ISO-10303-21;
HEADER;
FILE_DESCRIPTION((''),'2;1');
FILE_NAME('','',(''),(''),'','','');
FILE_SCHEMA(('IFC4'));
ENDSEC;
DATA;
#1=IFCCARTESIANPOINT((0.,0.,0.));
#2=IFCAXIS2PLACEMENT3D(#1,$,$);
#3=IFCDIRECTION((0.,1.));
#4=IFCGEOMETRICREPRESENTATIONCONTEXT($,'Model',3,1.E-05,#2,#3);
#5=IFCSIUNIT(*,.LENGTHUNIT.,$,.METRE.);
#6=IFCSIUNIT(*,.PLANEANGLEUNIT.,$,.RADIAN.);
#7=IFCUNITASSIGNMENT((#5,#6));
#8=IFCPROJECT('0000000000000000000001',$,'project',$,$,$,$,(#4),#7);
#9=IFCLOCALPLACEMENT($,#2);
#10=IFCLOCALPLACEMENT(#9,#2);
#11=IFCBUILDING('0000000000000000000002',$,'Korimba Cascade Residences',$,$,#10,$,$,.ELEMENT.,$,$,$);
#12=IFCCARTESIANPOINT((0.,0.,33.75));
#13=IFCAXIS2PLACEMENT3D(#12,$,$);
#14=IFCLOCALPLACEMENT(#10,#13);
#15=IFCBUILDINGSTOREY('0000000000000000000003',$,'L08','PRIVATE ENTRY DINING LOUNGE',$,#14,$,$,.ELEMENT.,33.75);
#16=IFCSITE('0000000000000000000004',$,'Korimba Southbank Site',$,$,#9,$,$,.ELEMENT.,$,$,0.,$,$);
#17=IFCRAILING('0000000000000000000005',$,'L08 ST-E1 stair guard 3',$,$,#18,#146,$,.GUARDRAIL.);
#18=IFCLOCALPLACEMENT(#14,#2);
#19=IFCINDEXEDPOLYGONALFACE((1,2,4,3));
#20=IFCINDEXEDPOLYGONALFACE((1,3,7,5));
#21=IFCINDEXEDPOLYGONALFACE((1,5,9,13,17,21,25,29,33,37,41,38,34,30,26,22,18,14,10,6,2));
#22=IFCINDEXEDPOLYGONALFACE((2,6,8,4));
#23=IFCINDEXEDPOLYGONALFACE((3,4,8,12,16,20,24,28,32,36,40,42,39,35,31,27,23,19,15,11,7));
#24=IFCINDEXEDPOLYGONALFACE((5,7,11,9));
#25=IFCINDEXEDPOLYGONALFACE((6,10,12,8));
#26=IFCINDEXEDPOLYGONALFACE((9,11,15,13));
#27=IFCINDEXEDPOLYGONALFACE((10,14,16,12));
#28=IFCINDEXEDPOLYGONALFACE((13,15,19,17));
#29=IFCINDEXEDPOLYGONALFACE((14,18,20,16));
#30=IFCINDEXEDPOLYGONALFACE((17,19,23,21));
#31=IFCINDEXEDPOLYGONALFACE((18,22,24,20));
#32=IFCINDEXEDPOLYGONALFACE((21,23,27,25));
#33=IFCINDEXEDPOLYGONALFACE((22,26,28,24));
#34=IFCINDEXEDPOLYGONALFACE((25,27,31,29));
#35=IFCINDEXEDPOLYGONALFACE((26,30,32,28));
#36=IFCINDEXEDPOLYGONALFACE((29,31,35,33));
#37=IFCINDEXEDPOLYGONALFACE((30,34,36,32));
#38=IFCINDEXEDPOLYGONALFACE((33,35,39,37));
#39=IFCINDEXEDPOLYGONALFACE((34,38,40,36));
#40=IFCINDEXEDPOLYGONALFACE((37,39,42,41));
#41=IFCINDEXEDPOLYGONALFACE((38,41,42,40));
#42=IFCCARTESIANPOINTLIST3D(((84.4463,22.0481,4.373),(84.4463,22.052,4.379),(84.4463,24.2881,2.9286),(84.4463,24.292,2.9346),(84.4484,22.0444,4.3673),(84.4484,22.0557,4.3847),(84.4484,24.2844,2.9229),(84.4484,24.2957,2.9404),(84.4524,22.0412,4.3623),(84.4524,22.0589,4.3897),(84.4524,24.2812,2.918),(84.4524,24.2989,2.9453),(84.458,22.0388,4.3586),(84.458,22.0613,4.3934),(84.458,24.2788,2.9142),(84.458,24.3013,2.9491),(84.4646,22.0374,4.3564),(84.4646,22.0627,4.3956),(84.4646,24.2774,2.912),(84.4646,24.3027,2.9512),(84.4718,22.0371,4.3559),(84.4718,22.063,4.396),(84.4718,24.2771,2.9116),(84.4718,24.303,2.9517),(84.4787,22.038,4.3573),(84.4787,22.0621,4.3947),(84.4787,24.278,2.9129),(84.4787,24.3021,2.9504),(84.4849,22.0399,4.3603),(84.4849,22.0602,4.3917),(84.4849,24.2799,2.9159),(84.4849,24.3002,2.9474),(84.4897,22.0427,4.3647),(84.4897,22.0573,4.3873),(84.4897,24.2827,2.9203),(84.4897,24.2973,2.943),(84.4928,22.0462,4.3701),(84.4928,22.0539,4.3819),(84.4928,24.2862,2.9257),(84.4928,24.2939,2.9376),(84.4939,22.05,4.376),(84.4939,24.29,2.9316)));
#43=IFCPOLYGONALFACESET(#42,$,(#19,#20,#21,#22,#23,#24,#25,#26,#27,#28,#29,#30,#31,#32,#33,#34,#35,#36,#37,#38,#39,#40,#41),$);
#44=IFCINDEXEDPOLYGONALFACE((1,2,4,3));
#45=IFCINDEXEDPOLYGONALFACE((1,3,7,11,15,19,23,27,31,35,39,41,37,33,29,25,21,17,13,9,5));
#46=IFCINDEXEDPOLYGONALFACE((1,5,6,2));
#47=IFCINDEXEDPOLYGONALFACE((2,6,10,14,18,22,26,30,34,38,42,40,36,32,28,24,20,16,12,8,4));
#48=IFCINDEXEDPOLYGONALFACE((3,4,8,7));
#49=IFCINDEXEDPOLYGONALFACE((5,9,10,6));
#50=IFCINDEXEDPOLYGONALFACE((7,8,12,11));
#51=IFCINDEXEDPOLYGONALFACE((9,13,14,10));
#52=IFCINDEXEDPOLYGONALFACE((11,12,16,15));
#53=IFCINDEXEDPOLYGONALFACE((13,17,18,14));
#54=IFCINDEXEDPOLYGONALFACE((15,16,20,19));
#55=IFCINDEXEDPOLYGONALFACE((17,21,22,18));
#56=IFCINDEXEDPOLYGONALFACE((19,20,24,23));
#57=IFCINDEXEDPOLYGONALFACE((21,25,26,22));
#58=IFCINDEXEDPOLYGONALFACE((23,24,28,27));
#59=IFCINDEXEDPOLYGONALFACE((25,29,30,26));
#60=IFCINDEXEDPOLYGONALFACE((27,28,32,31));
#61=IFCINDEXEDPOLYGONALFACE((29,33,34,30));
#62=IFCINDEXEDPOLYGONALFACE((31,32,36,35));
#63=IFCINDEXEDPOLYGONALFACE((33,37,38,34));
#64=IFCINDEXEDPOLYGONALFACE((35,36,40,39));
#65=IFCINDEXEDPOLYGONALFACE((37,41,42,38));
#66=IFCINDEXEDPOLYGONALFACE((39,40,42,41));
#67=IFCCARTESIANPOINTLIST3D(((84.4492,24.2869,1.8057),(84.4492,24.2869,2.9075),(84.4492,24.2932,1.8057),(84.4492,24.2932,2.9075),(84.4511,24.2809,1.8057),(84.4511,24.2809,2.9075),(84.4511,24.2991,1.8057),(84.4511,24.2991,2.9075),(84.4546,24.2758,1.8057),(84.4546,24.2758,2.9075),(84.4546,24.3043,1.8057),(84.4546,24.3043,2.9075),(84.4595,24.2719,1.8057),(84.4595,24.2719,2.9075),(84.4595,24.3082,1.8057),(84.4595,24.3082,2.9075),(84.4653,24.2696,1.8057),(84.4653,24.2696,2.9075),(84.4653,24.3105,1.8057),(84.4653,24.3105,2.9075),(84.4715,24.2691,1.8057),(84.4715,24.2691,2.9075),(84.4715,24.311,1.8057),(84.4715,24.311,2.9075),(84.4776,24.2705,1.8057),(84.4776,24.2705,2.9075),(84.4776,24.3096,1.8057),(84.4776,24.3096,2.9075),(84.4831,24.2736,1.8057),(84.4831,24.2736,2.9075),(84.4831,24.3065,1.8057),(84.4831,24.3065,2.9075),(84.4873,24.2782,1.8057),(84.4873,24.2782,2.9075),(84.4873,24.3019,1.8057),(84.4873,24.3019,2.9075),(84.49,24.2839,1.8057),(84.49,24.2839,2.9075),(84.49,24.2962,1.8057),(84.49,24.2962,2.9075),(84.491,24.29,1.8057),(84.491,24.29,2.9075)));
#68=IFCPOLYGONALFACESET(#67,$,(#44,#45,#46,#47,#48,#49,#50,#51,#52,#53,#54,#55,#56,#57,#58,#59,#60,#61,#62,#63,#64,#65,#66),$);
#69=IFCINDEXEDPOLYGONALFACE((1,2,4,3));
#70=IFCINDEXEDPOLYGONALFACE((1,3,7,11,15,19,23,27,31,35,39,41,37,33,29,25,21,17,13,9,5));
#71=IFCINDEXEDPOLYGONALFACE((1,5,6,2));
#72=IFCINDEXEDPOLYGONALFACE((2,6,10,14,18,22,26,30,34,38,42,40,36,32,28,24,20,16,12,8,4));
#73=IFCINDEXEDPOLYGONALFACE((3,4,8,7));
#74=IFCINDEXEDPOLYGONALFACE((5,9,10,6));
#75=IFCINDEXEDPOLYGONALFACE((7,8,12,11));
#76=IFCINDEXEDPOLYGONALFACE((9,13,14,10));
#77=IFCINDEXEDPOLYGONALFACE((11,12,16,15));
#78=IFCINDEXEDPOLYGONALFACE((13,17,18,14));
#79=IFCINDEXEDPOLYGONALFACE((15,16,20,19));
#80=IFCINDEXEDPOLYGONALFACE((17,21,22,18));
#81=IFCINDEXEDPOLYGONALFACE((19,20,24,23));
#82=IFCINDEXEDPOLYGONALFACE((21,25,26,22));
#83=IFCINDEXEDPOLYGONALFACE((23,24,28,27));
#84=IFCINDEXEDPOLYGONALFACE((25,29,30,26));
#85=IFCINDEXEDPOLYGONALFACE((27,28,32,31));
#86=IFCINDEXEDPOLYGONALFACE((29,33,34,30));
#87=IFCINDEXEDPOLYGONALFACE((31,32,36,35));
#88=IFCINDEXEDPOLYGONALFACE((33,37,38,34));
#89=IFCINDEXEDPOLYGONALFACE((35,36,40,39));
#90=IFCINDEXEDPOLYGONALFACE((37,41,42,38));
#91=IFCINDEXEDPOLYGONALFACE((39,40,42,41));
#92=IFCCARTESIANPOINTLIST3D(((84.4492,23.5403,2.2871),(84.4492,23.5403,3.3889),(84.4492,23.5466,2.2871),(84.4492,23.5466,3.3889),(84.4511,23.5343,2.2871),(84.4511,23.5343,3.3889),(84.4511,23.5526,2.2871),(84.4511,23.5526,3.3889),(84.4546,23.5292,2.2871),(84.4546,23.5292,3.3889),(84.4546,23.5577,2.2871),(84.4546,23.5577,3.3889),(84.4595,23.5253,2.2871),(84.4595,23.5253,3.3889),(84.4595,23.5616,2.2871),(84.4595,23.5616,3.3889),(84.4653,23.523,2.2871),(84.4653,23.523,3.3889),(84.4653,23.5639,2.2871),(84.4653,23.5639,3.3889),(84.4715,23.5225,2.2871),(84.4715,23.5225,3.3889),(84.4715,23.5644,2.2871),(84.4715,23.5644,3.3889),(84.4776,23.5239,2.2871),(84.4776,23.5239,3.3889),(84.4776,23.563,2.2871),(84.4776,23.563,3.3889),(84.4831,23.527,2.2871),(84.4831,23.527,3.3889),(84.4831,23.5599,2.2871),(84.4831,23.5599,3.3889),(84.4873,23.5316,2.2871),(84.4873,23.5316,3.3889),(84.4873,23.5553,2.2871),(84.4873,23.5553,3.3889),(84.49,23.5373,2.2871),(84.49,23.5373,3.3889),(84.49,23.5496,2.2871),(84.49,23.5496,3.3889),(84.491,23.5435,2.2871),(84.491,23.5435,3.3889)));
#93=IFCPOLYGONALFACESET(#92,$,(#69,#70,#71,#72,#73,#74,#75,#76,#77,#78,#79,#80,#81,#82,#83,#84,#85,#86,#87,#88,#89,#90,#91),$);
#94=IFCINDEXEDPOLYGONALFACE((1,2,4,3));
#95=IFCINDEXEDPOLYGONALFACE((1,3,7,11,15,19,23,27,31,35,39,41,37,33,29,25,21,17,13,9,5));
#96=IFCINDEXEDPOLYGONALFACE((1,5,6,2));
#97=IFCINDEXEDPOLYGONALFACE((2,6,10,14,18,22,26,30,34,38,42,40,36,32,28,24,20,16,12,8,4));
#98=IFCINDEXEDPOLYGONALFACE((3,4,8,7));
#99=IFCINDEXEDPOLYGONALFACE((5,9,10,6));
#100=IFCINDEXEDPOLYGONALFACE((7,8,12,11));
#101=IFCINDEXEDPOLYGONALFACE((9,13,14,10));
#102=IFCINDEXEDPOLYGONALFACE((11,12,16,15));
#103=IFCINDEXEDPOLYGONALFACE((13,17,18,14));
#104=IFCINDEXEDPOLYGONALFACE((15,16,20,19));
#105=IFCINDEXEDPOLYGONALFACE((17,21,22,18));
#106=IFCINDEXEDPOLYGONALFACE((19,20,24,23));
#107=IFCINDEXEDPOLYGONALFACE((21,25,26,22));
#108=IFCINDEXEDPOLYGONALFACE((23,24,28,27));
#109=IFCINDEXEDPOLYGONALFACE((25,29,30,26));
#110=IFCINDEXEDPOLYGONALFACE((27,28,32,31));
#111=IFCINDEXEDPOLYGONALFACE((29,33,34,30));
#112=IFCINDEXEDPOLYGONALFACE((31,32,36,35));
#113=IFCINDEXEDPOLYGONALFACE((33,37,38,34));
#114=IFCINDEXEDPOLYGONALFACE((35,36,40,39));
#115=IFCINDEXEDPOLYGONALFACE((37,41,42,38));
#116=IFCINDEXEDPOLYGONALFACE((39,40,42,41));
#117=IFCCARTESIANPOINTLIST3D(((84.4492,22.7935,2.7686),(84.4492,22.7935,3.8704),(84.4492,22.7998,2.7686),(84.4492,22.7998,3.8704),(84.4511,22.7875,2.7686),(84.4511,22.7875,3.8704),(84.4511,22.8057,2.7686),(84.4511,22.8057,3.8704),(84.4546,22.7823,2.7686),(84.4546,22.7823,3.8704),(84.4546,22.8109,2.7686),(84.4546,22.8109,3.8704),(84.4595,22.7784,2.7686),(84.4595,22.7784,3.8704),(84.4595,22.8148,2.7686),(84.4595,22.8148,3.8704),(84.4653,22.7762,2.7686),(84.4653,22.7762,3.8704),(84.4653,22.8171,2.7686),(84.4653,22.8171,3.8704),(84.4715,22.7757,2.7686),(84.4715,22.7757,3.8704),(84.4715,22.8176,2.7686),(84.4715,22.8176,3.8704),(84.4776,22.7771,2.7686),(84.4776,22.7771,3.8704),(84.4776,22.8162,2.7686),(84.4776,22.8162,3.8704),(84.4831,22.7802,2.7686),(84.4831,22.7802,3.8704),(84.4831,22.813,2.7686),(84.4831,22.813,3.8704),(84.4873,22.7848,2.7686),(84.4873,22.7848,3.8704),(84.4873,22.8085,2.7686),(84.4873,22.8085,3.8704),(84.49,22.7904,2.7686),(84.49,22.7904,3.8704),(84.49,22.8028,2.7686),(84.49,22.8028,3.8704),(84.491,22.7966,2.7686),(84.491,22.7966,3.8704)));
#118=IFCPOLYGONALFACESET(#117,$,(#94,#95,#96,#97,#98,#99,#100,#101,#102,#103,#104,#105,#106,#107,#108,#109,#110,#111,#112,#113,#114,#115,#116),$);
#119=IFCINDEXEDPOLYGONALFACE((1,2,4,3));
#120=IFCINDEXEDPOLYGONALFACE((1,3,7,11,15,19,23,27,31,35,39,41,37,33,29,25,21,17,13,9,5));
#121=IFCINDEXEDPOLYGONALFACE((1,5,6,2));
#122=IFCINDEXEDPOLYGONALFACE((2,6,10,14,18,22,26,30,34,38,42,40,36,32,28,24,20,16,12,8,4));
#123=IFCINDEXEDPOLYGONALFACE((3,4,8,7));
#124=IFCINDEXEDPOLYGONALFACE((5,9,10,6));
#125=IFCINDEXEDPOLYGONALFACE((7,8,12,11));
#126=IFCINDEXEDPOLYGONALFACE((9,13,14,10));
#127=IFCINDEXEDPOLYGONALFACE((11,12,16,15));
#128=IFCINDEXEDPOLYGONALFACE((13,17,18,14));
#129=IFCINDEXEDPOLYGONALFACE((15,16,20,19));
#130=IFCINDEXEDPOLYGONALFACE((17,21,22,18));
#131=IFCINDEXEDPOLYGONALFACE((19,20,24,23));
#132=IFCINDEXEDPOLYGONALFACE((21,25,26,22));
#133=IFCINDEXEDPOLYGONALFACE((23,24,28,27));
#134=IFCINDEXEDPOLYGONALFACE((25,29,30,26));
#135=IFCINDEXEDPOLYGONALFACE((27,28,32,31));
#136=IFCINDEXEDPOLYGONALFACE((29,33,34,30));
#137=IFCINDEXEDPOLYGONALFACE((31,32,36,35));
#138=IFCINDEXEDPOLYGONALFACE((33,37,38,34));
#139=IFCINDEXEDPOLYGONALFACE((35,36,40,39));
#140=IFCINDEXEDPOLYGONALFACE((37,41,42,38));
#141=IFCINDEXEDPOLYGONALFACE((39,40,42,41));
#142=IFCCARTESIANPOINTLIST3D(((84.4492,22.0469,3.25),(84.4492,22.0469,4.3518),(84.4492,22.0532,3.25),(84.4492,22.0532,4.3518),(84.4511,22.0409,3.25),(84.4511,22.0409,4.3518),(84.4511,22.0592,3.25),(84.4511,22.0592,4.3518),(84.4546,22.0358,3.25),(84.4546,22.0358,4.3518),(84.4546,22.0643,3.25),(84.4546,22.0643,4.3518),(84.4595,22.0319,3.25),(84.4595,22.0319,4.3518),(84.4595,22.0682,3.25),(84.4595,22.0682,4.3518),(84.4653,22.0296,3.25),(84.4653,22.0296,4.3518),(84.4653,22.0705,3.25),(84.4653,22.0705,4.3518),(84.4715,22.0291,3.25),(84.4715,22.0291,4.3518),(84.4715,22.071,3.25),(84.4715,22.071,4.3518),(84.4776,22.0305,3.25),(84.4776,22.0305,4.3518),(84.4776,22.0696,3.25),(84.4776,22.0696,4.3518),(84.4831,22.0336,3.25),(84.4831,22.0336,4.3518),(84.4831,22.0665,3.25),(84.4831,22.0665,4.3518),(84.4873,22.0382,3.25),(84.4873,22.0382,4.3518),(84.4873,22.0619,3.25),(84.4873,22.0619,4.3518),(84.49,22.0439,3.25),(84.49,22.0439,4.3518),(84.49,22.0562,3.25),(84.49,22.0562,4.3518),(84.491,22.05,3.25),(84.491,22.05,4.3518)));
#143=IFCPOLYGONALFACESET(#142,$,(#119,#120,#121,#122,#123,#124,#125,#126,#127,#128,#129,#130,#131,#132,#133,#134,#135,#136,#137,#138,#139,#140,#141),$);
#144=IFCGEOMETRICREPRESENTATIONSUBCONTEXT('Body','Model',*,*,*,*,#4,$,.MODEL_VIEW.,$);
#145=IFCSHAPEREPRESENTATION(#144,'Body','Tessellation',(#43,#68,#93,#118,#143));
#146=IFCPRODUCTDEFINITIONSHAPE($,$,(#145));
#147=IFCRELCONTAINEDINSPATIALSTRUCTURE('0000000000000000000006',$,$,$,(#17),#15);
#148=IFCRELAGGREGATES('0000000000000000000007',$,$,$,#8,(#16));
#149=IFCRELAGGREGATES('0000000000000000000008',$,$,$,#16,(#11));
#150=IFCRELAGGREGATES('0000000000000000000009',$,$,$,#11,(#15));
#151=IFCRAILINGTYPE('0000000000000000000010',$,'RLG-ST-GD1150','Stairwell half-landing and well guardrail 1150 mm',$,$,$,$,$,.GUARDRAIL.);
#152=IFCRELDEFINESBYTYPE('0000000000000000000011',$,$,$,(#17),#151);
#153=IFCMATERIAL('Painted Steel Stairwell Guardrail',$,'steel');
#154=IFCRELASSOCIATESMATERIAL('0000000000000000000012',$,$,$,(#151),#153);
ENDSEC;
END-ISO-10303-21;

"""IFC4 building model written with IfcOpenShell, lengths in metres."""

from ifc_helpers import new_model, si_unit, direction, frame, origin, origin_2d, place, context, subcontext, project, spatial, circle, extrude, material, type_object, element, save


model = new_model("IFC4")

# Units and contexts
model_context = context("Model", 3, precision=1e-05, world=origin(), true_north=direction((0.0, 1.0)))
body_context = subcontext(model_context, "Body", "Model", "MODEL_VIEW")
ifc_project = project(units=[si_unit("LENGTHUNIT", "METRE"), si_unit("PLANEANGLEUNIT", "RADIAN")], contexts=[model_context])

# Site, building, storey
site_placement = place(None, origin())
site = spatial("IfcSite", under=ifc_project, at=site_placement, Name="Korimba Southbank Site", CompositionType="ELEMENT", RefElevation=0.0)
building_placement = place(site_placement, origin())
building = spatial("IfcBuilding", under=site, at=building_placement, Name="Korimba Cascade Residences", CompositionType="ELEMENT")
storey_placement = place(building_placement, frame((0.0, 0.0, 33.75)))
storey = spatial("IfcBuildingStorey", under=building, at=storey_placement, Name="L08", Description="PRIVATE ENTRY DINING LOUNGE", CompositionType="ELEMENT", Elevation=33.75)

# Railing
ifc_material_1 = material(Name="Painted Steel Stairwell Guardrail", Category="steel")
railing_type_1 = type_object("IfcRailingType", Name="RLG-ST-GD1150", Description="Stairwell half-landing and well guardrail 1150 mm", PredefinedType="GUARDRAIL", material=ifc_material_1)
railing_1_placement = place(storey_placement, frame((84.47, 24.29, 1.8057)))
element("IfcRailing", 1, at=railing_1_placement, inside=storey, type_object=railing_type_1, Name="L08 ST-E1 stair guard 3", PredefinedType="GUARDRAIL", context=body_context, shape_type="SweptSolid", body=[
    extrude(circle(Radius=0.0239, at=origin_2d()), frame((0.0, 0.0, 1.126), z_axis=(0.0, -0.840437, 0.54191), x_axis=(1.0, 0.0, 0.0)), (0.0, 0.0, 1.0), 2.6653),
    extrude(circle(Radius=0.021, at=origin_2d()), origin(), (0.0, 0.0, 1.0), 1.1018),
    extrude(circle(Radius=0.021, at=origin_2d()), frame((0.0, -0.7466, 0.4814)), (0.0, 0.0, 1.0), 1.1018),
    extrude(circle(Radius=0.021, at=origin_2d()), frame((0.0, -1.4934, 0.9629)), (0.0, 0.0, 1.0), 1.1018),
    extrude(circle(Radius=0.021, at=origin_2d()), frame((0.0, -2.24, 1.4443)), (0.0, 0.0, 1.0), 1.1018),
])

save(model, "model.ifc")
